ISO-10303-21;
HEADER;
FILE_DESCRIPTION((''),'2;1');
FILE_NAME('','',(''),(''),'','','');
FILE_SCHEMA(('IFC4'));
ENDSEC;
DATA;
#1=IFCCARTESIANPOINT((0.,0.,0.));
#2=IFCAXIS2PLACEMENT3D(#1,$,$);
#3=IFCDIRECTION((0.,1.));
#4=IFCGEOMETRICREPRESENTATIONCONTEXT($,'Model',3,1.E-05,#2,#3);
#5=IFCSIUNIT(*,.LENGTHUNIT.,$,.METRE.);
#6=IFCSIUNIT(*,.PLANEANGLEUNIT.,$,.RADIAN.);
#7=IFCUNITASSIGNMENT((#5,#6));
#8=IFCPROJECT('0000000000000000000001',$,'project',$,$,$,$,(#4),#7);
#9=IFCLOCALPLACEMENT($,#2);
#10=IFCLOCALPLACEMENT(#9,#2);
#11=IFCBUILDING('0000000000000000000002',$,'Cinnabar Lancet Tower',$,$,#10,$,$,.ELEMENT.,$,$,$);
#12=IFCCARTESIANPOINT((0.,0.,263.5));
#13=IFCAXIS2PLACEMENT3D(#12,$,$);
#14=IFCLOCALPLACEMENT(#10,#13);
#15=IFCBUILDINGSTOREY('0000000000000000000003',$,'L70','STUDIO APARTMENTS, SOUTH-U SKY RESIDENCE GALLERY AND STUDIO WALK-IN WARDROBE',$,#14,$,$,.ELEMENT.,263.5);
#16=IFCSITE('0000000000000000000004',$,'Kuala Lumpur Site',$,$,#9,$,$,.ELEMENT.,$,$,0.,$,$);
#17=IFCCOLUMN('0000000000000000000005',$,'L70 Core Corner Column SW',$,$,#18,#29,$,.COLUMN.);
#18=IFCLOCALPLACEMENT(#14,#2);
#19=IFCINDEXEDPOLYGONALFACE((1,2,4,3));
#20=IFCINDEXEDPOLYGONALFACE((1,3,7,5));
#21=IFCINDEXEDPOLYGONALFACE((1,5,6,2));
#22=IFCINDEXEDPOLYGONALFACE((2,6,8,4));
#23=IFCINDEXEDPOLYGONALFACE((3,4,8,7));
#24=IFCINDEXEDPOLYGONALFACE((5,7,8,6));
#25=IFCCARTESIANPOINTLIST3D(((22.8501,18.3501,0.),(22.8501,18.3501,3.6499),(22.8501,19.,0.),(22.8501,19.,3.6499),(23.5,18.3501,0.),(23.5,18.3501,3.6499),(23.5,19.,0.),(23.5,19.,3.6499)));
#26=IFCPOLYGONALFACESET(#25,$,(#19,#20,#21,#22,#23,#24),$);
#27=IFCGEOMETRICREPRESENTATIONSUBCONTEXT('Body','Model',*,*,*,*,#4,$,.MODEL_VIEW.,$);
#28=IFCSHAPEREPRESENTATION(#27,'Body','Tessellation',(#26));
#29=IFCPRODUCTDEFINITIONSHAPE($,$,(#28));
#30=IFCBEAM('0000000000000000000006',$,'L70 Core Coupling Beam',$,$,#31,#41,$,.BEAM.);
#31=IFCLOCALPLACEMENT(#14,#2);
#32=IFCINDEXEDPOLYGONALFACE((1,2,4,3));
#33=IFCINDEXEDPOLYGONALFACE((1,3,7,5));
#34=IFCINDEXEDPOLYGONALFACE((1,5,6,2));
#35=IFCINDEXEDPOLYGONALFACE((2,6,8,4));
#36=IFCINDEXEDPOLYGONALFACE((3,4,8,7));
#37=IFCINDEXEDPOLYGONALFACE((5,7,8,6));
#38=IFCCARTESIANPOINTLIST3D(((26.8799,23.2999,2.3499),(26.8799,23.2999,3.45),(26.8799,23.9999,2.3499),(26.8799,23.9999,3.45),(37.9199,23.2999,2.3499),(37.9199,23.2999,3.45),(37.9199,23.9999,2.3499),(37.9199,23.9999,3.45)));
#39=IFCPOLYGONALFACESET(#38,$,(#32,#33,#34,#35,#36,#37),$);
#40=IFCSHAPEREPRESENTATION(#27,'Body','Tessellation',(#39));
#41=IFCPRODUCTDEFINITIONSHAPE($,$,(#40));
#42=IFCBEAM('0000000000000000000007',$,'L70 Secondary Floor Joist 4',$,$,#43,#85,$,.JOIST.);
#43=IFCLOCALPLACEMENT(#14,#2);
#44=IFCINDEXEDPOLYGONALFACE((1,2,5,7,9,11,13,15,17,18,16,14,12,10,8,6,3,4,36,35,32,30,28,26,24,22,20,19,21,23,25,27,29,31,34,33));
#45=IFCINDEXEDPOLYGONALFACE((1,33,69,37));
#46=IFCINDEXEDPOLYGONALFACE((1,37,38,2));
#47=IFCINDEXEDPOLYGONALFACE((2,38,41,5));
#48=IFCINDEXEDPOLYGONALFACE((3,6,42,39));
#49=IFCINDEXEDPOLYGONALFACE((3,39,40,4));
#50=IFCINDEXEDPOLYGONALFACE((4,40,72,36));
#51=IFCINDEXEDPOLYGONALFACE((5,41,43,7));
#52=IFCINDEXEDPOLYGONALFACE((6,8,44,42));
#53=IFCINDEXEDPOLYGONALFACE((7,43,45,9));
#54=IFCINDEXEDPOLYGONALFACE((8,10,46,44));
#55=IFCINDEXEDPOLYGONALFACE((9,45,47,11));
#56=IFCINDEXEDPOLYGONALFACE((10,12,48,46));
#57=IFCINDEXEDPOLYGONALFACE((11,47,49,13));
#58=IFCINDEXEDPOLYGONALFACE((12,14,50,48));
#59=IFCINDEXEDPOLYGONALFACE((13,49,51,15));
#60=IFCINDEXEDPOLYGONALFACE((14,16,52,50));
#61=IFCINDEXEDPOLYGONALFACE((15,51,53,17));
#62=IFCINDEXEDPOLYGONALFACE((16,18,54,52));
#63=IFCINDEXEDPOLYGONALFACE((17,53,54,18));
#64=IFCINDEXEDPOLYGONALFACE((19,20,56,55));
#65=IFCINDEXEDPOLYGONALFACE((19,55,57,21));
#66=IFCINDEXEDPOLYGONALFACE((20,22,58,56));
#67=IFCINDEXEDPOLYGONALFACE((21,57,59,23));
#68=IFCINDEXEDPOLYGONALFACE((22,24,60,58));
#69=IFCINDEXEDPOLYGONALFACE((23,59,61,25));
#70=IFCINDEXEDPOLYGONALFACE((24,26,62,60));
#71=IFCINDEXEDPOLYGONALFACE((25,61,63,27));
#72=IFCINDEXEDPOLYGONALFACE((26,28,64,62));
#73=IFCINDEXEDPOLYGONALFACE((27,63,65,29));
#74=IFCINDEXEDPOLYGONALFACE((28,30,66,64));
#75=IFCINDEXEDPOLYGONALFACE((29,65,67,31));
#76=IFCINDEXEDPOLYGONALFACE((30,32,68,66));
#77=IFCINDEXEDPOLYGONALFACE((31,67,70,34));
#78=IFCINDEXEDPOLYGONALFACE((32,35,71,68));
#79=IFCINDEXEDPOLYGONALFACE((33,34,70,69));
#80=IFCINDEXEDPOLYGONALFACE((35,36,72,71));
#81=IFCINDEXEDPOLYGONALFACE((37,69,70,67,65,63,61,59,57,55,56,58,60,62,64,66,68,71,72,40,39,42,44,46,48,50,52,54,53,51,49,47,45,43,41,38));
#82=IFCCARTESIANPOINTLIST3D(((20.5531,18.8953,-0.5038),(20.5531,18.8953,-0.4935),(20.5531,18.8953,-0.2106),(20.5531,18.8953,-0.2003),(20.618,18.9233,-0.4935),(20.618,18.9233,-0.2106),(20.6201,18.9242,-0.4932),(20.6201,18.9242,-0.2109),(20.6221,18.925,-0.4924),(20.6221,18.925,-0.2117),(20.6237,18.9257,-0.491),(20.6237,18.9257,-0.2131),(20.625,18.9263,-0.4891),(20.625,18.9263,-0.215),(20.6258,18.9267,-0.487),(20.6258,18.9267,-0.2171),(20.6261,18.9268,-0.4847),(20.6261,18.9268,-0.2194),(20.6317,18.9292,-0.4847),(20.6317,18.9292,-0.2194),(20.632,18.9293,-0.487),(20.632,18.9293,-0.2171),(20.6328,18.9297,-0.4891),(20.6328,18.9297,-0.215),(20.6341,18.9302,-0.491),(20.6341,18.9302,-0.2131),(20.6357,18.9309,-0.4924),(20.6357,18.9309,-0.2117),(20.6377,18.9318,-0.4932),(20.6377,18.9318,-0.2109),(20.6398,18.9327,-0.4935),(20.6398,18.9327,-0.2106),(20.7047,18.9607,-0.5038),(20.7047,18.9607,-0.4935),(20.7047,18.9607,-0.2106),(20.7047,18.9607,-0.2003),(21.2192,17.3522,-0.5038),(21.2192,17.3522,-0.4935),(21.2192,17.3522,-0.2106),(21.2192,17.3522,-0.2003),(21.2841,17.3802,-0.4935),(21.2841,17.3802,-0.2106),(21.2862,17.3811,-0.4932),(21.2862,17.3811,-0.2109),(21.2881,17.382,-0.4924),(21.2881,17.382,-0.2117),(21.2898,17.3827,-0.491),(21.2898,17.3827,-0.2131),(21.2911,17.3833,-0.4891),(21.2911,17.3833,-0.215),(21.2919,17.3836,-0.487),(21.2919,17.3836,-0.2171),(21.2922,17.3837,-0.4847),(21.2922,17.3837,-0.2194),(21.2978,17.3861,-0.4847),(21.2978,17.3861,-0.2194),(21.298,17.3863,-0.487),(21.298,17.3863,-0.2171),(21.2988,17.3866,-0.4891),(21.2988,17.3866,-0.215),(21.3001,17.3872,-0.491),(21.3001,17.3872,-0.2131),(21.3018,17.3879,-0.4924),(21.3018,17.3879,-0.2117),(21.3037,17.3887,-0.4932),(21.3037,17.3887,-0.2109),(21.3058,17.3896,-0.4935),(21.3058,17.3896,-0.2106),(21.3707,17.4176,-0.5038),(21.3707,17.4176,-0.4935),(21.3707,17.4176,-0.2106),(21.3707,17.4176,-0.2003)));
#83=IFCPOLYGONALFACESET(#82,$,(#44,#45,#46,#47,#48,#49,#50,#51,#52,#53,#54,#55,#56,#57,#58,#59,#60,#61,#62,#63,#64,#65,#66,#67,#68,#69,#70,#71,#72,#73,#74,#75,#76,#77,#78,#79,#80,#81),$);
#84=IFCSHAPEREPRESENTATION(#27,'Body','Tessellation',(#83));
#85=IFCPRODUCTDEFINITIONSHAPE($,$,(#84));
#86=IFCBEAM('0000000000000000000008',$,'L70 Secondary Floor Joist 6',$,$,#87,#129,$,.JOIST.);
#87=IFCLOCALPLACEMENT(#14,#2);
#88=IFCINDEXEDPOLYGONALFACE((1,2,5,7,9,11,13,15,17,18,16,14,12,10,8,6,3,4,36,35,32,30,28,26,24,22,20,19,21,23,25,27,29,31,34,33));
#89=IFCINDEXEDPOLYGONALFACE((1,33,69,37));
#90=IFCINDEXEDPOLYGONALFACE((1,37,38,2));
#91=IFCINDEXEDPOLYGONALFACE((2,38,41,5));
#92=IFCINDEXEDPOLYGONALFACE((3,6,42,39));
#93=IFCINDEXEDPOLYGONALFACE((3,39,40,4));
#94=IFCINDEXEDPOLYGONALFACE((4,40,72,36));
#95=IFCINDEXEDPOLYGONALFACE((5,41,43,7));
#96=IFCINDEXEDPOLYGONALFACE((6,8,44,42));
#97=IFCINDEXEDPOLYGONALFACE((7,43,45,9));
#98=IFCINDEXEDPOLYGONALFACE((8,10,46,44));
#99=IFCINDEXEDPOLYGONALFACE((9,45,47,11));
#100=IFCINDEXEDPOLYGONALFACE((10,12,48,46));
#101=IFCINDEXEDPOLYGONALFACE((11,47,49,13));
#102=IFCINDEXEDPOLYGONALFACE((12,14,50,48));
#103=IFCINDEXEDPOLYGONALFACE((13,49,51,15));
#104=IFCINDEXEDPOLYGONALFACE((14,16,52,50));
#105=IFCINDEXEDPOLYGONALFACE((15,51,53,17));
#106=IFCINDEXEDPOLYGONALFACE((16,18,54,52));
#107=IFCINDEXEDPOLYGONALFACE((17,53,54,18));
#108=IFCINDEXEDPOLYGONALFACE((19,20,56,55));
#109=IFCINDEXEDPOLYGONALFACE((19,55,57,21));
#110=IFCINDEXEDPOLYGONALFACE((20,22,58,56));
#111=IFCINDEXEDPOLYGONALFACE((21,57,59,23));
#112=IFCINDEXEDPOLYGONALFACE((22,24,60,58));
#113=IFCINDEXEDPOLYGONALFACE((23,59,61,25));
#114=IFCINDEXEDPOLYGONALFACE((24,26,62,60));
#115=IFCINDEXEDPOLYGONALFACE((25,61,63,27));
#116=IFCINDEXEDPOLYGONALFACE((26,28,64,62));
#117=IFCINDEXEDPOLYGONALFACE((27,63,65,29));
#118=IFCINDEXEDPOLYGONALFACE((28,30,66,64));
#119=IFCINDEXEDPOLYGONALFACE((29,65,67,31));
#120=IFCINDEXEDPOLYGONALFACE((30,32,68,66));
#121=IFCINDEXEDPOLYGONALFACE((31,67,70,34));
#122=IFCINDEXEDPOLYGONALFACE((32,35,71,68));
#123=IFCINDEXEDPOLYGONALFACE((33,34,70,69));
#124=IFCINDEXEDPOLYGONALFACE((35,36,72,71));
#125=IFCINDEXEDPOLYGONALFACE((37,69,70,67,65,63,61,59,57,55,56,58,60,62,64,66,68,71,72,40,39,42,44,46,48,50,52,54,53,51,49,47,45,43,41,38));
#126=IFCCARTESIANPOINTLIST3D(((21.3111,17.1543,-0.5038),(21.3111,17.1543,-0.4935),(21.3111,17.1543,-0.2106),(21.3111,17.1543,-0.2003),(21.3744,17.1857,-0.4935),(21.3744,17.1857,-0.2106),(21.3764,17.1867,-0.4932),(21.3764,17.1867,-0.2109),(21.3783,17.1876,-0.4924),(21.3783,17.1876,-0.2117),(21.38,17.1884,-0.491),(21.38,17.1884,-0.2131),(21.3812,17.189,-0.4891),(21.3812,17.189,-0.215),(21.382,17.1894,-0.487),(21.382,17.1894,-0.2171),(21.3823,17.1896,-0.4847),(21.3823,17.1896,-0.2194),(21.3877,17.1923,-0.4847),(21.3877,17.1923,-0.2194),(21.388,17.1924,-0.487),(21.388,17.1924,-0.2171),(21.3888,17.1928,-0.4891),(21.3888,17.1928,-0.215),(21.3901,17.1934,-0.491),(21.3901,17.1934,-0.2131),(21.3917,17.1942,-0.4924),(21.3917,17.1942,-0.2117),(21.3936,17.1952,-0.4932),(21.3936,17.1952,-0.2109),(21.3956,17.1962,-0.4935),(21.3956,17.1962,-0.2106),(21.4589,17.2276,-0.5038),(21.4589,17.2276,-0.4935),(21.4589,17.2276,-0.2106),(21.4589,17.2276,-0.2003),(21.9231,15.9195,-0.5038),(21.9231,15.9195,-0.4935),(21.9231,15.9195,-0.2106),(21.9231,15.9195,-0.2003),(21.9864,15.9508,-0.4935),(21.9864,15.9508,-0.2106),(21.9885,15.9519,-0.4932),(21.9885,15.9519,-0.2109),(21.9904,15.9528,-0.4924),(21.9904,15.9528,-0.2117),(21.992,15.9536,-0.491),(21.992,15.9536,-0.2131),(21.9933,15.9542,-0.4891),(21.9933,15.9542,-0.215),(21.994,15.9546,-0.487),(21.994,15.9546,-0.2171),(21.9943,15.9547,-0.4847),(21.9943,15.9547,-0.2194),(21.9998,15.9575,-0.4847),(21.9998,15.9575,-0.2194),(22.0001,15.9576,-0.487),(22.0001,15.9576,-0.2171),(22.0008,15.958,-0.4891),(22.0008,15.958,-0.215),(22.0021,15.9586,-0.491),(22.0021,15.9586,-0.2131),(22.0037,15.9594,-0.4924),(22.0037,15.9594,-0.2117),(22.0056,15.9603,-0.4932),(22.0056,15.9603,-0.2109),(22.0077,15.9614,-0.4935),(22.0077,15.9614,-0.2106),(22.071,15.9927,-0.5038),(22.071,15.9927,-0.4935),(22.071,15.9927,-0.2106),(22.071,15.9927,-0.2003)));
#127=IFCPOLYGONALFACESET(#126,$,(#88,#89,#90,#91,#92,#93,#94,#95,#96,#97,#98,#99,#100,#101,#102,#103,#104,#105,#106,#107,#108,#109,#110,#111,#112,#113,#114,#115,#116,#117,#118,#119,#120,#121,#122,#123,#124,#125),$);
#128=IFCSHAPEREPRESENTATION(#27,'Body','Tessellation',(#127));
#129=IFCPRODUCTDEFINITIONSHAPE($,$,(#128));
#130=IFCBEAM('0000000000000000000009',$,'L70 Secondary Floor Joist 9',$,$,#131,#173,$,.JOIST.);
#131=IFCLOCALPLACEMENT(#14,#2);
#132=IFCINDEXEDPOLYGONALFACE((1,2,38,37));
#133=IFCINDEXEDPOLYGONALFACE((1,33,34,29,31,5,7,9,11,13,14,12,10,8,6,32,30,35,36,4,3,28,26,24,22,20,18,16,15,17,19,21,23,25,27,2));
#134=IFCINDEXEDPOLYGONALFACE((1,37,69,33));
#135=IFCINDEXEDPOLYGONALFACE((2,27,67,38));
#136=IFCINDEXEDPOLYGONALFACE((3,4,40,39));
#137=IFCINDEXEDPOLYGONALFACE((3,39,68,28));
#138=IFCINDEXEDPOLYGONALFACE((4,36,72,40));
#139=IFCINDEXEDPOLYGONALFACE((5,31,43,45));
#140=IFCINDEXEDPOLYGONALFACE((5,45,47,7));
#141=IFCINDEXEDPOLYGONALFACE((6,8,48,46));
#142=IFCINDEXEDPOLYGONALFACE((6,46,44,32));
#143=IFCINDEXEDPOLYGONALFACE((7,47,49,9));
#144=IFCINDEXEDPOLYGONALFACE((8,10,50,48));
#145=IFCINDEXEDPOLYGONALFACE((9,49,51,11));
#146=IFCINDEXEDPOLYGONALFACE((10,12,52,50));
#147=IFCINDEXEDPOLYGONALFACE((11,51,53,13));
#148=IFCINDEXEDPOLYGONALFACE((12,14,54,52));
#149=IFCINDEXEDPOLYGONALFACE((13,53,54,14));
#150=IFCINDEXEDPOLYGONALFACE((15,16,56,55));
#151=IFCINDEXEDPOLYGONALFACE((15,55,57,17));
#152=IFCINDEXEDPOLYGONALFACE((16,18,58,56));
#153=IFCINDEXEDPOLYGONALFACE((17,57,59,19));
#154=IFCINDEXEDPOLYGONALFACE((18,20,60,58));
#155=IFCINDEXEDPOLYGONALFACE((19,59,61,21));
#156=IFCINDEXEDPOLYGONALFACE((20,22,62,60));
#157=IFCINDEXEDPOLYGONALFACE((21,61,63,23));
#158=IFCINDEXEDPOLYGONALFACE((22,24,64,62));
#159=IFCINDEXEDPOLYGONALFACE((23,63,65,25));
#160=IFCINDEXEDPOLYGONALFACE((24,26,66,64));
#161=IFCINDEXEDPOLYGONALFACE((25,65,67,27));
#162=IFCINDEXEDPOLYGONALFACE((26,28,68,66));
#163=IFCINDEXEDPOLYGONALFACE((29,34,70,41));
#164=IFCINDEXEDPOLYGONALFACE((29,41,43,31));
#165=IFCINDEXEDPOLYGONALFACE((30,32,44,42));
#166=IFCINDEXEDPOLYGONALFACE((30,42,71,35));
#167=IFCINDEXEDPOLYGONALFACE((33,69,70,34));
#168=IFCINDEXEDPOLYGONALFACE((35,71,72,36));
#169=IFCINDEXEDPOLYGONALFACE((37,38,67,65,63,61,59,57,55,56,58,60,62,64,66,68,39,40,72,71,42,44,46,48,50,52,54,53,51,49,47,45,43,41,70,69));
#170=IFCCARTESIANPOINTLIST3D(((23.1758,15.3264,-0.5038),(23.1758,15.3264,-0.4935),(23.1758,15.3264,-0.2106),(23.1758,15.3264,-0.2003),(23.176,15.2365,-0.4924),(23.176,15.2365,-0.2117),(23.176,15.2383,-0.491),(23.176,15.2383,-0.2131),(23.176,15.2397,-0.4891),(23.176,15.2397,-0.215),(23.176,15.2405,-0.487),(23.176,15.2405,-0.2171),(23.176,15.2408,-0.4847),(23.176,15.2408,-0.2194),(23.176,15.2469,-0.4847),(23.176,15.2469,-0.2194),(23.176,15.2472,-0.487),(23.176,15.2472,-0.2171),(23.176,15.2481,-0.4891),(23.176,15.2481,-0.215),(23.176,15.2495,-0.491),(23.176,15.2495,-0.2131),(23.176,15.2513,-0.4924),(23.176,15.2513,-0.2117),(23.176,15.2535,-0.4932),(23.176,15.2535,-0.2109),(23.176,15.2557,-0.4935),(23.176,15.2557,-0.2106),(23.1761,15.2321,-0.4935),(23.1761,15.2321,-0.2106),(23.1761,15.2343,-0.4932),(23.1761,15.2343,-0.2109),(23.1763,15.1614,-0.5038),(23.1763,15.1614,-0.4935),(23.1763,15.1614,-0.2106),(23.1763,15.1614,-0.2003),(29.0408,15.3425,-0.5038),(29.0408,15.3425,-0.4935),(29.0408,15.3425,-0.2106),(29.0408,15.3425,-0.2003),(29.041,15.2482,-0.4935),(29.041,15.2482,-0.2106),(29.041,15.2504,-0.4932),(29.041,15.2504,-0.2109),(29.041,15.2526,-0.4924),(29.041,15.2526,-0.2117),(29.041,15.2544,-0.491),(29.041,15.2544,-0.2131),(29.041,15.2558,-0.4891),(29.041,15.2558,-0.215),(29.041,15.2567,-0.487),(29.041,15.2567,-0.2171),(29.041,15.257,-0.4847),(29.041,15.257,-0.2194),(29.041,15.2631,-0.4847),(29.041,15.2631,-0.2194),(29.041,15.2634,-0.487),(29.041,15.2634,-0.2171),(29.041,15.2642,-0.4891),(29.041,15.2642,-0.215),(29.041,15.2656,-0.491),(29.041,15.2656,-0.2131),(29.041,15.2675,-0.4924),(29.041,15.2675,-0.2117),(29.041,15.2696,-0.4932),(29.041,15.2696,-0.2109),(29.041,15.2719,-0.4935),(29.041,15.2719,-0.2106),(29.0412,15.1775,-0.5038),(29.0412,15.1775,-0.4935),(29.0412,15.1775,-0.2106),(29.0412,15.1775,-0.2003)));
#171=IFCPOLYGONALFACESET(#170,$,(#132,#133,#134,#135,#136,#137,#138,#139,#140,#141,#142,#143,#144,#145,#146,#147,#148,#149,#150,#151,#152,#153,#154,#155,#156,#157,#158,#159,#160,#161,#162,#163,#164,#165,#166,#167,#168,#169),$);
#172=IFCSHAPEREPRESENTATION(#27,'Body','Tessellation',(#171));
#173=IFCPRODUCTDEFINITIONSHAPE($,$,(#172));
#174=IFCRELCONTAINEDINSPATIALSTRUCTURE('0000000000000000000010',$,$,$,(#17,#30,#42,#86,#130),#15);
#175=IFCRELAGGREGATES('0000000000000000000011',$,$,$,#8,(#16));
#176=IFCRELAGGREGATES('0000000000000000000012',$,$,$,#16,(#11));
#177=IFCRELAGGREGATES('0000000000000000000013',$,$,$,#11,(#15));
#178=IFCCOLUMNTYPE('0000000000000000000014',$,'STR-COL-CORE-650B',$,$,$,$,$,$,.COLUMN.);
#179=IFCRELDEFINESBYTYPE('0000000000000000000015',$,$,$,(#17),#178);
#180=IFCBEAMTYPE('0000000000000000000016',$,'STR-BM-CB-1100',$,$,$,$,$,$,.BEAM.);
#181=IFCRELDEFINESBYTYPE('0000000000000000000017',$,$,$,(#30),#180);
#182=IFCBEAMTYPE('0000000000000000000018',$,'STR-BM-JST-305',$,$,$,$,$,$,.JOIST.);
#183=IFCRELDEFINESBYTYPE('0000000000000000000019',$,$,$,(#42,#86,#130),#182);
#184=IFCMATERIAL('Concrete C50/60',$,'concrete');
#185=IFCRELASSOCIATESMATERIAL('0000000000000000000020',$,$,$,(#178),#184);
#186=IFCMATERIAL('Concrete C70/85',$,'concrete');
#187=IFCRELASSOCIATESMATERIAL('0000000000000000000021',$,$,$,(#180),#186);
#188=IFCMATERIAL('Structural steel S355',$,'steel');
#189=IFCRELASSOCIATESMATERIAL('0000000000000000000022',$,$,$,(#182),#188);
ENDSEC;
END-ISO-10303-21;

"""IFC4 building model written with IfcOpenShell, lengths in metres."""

from ifc_helpers import new_model, si_unit, direction, frame, origin, origin_2d, place, context, subcontext, project, spatial, rectangle, i_section, extrude, material, material_profile, profile_set, type_object, element, save


model = new_model("IFC4")

# Units and contexts
model_context = context("Model", 3, precision=1e-05, world=origin(), true_north=direction((0.0, 1.0)))
body_context = subcontext(model_context, "Body", "Model", "MODEL_VIEW")
ifc_project = project(units=[si_unit("LENGTHUNIT", "METRE"), si_unit("PLANEANGLEUNIT", "RADIAN")], contexts=[model_context])

# Site, building, storey
site_placement = place(None, origin())
site = spatial("IfcSite", under=ifc_project, at=site_placement, Name="Kuala Lumpur Site", CompositionType="ELEMENT", RefElevation=0.0)
building_placement = place(site_placement, origin())
building = spatial("IfcBuilding", under=site, at=building_placement, Name="Cinnabar Lancet Tower", CompositionType="ELEMENT")
storey_placement = place(building_placement, frame((0.0, 0.0, 263.5)))
storey = spatial("IfcBuildingStorey", under=building, at=storey_placement, Name="L70", Description="STUDIO APARTMENTS, SOUTH-U SKY RESIDENCE GALLERY AND STUDIO WALK-IN WARDROBE", CompositionType="ELEMENT", Elevation=263.5)

# Column
ifc_material_1 = material(Name="Concrete C50/60", Category="concrete")
ifc_material_profile_1 = material_profile(ifc_material_1, rectangle(XDim=0.6499, YDim=0.6499, at=origin_2d()), Name="RC-COL 650x650")
ifc_profile_set_1 = profile_set([ifc_material_profile_1], Name="Concrete C50/60")
column_type = type_object("IfcColumnType", Name="STR-COL-CORE-650B", PredefinedType="COLUMN", material=ifc_profile_set_1)
column_placement = place(storey_placement, frame((23.175, 18.675, 0.0), z_axis=(0.0, 0.0, 1.0), x_axis=(1.0, 0.0, 0.0)))
element("IfcColumn", 1, at=column_placement, inside=storey, type_object=column_type, Name="L70 Core Corner Column SW", PredefinedType="COLUMN", context=body_context, shape_type="SweptSolid", body=[
    extrude(rectangle(XDim=0.6499, YDim=0.6499, at=origin_2d()), origin(), (0.0, 0.0, 1.0), 3.6499),
])

# Beams
ifc_material_2 = material(Name="Concrete C70/85", Category="concrete")
ifc_material_profile_2 = material_profile(ifc_material_2, rectangle(XDim=0.7, YDim=1.1001, at=origin_2d()), Name="RC-CB 700x1100")
ifc_profile_set_2 = profile_set([ifc_material_profile_2], Name="Concrete C70/85")
beam_type_1 = type_object("IfcBeamType", Name="STR-BM-CB-1100", PredefinedType="BEAM", material=ifc_profile_set_2)
beam_1_placement = place(storey_placement, frame((26.8799, 23.6499, 2.8999), z_axis=(1.0, 0.0, 0.0), x_axis=(0.0, 1.0, 0.0)))
element("IfcBeam", 2, at=beam_1_placement, inside=storey, type_object=beam_type_1, Name="L70 Core Coupling Beam", PredefinedType="BEAM", context=body_context, shape_type="SweptSolid", body=[
    extrude(rectangle(XDim=0.7, YDim=1.1001, at=origin_2d()), origin(), (0.0, 0.0, 1.0), 11.04),
])
ifc_material_3 = material(Name="Structural steel S355", Category="steel")
ifc_material_profile_3 = material_profile(ifc_material_3, i_section(OverallWidth=0.165, OverallDepth=0.3035, WebThickness=0.0061, FlangeThickness=0.0103, FilletRadius=0.0088, at=origin_2d()), Name="UKB 305x165x40")
ifc_profile_set_3 = profile_set([ifc_material_profile_3], Name="Structural steel S355")
beam_type_2 = type_object("IfcBeamType", Name="STR-BM-JST-305", PredefinedType="JOIST", material=ifc_profile_set_3)
beam_2_placement = place(storey_placement, frame((20.6289, 18.928, -0.3521), z_axis=(0.396302, -0.91812, 0.0), x_axis=(0.91812, 0.396302, 0.0)))
element("IfcBeam", 3, at=beam_2_placement, inside=storey, type_object=beam_type_2, Name="L70 Secondary Floor Joist 4", PredefinedType="JOIST", context=body_context, shape_type="SweptSolid", body=[
    extrude(i_section(OverallWidth=0.165, OverallDepth=0.3035, WebThickness=0.0061, FlangeThickness=0.0103, FilletRadius=0.0088, at=origin_2d()), origin(), (0.0, 0.0, 1.0), 1.6807),
])
beam_3_placement = place(storey_placement, frame((21.385, 17.1909, -0.3521), z_axis=(0.444093, -0.895981, 0.0), x_axis=(0.895981, 0.444093, 0.0)))
element("IfcBeam", 4, at=beam_3_placement, inside=storey, type_object=beam_type_2, Name="L70 Secondary Floor Joist 6", PredefinedType="JOIST", context=body_context, shape_type="SweptSolid", body=[
    extrude(i_section(OverallWidth=0.165, OverallDepth=0.3035, WebThickness=0.0061, FlangeThickness=0.0103, FilletRadius=0.0088, at=origin_2d()), origin(), (0.0, 0.0, 1.0), 1.3782),
])
beam_4_placement = place(storey_placement, frame((23.176, 15.2439, -0.3521), z_axis=(0.999996, 0.002747, 0.0), x_axis=(-0.002747, 0.999996, 0.0)))
element("IfcBeam", 5, at=beam_4_placement, inside=storey, type_object=beam_type_2, Name="L70 Secondary Floor Joist 9", PredefinedType="JOIST", context=body_context, shape_type="SweptSolid", body=[
    extrude(i_section(OverallWidth=0.165, OverallDepth=0.3035, WebThickness=0.0061, FlangeThickness=0.0103, FilletRadius=0.0088, at=origin_2d()), origin(), (0.0, 0.0, 1.0), 5.865),
])

save(model, "model.ifc")
